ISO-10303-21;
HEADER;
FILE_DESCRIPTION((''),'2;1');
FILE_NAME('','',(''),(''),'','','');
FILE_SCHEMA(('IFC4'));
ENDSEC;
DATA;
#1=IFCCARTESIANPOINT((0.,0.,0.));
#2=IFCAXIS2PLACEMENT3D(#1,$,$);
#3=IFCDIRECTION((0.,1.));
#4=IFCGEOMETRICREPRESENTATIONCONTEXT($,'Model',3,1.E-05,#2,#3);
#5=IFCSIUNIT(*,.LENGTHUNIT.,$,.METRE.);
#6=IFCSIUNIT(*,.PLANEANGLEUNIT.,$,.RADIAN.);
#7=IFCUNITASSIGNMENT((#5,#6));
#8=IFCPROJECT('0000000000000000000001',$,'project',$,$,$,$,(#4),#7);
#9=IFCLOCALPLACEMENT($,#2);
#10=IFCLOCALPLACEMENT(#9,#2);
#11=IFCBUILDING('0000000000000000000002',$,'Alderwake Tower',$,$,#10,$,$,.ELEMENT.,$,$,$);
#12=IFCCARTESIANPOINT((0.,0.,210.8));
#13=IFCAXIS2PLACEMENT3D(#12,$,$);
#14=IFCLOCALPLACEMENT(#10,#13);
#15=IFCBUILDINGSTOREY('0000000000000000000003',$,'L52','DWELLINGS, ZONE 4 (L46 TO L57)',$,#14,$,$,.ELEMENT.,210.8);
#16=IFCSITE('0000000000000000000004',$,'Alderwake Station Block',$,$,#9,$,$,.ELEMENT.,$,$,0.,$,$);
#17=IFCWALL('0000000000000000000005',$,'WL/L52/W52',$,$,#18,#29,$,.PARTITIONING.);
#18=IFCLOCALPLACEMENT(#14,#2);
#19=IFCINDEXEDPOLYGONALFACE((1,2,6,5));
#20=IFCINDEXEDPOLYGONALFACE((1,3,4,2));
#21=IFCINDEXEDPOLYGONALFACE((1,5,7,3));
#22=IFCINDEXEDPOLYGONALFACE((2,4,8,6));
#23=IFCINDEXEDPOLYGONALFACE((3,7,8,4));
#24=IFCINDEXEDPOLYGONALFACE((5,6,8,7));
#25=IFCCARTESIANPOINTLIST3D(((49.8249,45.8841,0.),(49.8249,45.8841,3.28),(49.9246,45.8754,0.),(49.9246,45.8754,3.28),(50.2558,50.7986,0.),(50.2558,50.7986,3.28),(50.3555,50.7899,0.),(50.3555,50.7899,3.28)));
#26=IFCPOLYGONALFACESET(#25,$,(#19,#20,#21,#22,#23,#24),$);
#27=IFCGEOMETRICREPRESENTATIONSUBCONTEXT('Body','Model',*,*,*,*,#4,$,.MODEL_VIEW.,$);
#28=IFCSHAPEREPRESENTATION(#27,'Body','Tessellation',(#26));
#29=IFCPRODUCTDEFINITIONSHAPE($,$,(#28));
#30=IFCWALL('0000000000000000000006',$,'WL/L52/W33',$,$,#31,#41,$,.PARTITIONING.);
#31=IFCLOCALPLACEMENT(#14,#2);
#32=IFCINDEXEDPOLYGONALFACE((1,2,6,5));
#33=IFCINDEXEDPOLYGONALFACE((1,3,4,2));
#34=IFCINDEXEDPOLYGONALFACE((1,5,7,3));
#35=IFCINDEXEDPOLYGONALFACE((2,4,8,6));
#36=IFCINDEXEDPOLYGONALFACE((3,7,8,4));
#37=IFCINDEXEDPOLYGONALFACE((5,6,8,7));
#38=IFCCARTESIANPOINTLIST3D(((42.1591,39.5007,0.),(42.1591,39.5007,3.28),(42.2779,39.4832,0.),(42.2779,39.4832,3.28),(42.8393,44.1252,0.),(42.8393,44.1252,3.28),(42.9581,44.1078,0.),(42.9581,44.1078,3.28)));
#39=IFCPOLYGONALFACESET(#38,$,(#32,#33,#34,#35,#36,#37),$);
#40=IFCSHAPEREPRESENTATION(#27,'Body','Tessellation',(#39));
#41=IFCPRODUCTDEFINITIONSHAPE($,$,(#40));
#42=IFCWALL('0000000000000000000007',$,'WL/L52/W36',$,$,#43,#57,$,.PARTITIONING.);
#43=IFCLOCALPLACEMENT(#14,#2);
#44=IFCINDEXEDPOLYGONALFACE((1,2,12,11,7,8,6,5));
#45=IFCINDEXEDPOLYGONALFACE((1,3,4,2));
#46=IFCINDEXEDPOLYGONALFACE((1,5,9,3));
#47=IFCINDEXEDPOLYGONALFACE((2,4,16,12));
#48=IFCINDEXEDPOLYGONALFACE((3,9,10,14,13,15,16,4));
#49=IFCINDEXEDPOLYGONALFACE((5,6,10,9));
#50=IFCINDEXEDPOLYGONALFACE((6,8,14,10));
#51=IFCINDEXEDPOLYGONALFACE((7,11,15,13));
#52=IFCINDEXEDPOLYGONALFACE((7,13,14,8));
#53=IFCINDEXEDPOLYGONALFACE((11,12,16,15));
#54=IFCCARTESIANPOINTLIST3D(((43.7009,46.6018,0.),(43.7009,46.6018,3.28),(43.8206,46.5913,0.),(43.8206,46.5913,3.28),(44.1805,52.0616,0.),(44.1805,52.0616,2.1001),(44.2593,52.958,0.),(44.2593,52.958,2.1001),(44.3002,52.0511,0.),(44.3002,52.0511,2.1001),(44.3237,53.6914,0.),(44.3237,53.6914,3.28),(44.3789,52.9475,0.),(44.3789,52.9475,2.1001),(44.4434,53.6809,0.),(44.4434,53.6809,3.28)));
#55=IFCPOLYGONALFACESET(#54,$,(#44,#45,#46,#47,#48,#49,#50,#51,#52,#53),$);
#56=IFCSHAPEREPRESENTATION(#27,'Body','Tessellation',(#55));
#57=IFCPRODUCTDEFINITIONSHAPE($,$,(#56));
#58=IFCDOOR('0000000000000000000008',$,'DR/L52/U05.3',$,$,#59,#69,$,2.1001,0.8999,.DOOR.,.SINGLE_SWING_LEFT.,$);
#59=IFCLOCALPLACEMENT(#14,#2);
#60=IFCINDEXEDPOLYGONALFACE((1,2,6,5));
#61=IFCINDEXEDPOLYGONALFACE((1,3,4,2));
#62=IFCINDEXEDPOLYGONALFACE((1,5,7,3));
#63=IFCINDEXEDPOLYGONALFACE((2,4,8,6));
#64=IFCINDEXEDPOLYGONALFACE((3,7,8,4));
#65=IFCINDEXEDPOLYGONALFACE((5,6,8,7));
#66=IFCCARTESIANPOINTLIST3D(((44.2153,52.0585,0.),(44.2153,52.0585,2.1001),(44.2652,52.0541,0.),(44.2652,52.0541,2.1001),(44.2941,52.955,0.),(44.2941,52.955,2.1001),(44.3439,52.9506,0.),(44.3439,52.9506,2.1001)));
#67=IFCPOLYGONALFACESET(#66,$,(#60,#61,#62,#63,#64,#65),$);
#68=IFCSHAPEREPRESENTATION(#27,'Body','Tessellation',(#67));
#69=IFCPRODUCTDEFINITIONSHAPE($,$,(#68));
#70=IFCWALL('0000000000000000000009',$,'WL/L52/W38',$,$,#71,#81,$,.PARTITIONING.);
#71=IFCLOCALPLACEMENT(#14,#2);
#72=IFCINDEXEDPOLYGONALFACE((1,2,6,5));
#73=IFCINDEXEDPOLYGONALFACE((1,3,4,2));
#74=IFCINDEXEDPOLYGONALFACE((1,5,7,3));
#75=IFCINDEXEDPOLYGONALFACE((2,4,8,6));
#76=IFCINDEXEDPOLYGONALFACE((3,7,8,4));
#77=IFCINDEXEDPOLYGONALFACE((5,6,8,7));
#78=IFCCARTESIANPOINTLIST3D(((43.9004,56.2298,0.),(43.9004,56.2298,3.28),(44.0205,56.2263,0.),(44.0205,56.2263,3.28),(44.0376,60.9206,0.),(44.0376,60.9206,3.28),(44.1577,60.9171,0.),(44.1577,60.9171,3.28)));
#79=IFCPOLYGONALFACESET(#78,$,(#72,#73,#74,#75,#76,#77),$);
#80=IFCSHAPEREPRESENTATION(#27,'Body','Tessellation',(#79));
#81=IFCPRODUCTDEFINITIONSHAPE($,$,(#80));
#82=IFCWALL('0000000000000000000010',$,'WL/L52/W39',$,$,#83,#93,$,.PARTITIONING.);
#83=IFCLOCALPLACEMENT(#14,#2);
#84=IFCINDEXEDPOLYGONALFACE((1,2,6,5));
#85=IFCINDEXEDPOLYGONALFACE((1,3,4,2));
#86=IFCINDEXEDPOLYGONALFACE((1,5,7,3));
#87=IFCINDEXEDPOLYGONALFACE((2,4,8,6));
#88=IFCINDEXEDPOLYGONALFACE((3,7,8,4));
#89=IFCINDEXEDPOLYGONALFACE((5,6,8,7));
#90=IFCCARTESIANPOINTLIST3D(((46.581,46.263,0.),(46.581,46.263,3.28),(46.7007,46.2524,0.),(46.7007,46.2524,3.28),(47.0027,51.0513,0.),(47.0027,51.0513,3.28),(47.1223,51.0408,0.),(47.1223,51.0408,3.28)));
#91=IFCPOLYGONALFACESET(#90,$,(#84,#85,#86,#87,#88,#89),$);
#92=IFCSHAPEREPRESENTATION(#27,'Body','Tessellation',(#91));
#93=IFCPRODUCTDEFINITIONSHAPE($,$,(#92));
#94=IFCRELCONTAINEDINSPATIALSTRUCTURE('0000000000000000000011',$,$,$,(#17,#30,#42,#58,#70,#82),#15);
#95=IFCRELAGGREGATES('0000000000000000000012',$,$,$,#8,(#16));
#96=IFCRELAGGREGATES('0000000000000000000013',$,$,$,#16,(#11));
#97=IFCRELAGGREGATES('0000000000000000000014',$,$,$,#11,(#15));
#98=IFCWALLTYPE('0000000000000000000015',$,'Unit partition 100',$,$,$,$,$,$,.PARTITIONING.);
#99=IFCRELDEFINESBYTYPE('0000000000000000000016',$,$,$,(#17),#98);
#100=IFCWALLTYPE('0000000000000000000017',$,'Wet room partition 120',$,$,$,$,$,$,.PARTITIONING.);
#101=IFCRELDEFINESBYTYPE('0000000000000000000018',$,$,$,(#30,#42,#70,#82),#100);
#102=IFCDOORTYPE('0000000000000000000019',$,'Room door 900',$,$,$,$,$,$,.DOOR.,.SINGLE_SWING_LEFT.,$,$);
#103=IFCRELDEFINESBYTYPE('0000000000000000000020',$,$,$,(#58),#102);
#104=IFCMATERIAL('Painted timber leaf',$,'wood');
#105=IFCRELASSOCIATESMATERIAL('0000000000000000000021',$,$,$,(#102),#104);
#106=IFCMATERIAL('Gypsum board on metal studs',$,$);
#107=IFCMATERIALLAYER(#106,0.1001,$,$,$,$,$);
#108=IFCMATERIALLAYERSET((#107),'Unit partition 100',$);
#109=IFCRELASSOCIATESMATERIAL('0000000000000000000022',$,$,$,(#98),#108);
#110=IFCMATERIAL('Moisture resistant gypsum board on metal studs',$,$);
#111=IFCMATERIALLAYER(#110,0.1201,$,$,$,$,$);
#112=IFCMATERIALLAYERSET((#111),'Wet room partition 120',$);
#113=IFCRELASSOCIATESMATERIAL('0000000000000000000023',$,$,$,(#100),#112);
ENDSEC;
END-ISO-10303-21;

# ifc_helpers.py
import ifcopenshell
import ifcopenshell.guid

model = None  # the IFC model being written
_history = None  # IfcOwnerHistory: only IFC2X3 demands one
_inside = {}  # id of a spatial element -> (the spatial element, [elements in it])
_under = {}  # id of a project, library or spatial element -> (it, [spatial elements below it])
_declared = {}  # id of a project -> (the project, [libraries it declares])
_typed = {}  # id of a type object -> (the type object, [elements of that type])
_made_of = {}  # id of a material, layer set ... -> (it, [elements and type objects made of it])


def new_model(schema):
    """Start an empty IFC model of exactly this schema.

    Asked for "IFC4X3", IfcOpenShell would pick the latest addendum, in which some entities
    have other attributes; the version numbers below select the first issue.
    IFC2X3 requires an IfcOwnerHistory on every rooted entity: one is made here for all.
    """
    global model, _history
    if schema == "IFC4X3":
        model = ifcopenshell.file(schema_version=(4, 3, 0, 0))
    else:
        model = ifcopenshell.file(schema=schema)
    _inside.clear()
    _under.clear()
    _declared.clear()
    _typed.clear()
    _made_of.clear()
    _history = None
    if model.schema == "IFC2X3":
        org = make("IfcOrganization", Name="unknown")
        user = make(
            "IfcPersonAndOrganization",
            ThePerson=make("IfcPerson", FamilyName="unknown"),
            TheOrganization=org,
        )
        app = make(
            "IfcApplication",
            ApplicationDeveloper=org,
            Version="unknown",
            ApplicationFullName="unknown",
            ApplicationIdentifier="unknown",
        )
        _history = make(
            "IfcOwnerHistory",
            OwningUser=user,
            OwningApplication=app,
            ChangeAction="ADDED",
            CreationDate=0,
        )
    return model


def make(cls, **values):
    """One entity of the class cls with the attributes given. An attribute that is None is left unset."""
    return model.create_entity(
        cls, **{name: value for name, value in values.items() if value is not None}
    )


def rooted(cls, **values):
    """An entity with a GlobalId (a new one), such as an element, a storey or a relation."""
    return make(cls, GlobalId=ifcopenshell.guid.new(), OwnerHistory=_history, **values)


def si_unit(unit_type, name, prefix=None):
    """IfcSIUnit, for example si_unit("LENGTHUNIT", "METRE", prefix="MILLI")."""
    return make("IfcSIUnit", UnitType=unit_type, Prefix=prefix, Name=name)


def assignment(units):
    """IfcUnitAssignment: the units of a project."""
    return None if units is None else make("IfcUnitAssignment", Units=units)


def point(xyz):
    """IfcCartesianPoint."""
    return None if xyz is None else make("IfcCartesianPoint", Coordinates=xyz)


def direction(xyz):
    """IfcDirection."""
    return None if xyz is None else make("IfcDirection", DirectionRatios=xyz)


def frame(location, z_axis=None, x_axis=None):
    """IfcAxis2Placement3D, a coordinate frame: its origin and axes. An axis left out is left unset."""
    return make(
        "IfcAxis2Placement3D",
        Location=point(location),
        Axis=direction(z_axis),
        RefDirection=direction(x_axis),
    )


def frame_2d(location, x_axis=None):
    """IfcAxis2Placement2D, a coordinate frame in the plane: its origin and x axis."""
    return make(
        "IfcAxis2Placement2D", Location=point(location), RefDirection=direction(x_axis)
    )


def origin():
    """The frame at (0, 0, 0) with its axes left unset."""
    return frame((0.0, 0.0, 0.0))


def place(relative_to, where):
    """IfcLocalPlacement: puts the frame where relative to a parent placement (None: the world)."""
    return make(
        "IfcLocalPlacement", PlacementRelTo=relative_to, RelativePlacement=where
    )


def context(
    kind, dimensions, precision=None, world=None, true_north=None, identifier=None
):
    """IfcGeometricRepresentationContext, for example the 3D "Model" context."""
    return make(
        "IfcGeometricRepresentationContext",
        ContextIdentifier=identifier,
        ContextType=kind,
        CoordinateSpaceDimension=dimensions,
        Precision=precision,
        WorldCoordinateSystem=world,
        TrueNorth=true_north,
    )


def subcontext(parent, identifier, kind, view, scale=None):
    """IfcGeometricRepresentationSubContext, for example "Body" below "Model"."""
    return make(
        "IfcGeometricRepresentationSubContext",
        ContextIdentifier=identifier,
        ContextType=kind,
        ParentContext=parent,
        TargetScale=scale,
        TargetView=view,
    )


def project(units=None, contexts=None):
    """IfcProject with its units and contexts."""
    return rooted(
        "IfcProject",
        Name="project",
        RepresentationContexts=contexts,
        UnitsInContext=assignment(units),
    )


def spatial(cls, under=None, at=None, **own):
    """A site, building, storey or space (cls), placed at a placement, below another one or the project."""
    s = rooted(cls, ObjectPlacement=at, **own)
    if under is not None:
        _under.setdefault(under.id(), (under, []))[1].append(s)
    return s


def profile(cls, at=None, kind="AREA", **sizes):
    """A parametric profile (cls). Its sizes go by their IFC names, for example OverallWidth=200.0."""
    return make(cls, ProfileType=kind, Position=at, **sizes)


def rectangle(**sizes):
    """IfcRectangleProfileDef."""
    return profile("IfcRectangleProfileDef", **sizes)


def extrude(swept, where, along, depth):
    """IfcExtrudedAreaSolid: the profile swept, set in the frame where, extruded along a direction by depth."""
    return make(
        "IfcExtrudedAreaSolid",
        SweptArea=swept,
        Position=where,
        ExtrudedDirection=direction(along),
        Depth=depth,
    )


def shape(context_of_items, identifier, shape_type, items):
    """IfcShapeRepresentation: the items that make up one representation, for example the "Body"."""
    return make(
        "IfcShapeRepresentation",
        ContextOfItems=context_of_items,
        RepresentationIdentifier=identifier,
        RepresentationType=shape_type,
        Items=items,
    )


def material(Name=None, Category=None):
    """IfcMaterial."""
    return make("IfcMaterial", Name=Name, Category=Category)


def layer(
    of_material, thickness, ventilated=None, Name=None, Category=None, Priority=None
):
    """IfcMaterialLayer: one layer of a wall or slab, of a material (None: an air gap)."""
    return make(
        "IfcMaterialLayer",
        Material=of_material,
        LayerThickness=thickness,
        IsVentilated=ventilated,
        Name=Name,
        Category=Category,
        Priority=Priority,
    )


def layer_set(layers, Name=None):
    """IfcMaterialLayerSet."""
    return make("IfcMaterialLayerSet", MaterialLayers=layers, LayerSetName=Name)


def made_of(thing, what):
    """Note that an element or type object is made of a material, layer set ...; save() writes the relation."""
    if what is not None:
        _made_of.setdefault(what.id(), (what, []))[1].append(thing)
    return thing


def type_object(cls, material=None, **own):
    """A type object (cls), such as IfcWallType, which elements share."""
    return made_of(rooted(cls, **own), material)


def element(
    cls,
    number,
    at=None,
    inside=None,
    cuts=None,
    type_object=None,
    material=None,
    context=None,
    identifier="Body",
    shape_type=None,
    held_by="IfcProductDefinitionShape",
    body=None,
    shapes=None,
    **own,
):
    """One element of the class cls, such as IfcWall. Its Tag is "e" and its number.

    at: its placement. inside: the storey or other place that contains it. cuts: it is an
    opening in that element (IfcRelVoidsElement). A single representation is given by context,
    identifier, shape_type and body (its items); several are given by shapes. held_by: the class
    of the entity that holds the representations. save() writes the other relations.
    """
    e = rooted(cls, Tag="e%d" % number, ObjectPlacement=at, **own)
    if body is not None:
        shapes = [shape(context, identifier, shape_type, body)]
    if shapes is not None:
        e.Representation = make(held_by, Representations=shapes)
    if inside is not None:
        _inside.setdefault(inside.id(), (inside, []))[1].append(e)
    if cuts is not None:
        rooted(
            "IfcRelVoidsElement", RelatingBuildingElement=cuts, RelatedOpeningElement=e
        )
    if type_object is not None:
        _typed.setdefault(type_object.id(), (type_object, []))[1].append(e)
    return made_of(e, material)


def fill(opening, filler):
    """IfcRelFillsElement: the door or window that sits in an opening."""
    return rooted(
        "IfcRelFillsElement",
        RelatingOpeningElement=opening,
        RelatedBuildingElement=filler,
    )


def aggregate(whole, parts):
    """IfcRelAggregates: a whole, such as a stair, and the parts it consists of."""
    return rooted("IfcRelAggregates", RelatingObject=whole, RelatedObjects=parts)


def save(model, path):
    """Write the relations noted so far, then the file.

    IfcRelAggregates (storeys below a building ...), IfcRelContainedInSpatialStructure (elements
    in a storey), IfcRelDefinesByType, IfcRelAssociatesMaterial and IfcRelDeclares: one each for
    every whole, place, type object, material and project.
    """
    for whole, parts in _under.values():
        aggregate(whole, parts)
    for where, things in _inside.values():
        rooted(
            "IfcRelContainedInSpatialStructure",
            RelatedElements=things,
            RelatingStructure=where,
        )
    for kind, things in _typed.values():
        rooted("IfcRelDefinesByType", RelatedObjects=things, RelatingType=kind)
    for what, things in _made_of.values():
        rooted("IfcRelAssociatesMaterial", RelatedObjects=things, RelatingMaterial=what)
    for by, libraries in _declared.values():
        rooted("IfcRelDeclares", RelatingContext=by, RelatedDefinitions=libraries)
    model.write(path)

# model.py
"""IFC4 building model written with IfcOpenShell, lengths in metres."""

from ifc_helpers import new_model, si_unit, direction, frame, frame_2d, origin, place, context, subcontext, project, spatial, rectangle, extrude, material, layer, layer_set, type_object, element, fill, save


model = new_model("IFC4")

# Units and contexts
model_context = context("Model", 3, precision=1e-05, world=origin(), true_north=direction((0.0, 1.0)))
body_context = subcontext(model_context, "Body", "Model", "MODEL_VIEW")
ifc_project = project(units=[si_unit("LENGTHUNIT", "METRE"), si_unit("PLANEANGLEUNIT", "RADIAN")], contexts=[model_context])

# Site, building, storey
site_placement = place(None, origin())
site = spatial("IfcSite", under=ifc_project, at=site_placement, Name="Alderwake Station Block", CompositionType="ELEMENT", RefElevation=0.0)
building_placement = place(site_placement, origin())
building = spatial("IfcBuilding", under=site, at=building_placement, Name="Alderwake Tower", CompositionType="ELEMENT")
storey_placement = place(building_placement, frame((0.0, 0.0, 210.8)))
storey = spatial("IfcBuildingStorey", under=building, at=storey_placement, Name="L52", Description="DWELLINGS, ZONE 4 (L46 TO L57)", CompositionType="ELEMENT", Elevation=210.8)

# Shared definitions
ifc_material_1 = material(Name="Painted timber leaf", Category="wood")
door_type_1 = type_object("IfcDoorType", Name="Room door 900", OperationType="SINGLE_SWING_LEFT", PredefinedType="DOOR", material=ifc_material_1)

# Shared definitions
ifc_material_2 = material(Name="Gypsum board on metal studs")
ifc_layer_1 = layer(ifc_material_2, 0.1001)
ifc_layer_set_1 = layer_set([ifc_layer_1], Name="Unit partition 100")
wall_type_1 = type_object("IfcWallType", Name="Unit partition 100", PredefinedType="PARTITIONING", material=ifc_layer_set_1)

# Walls
wall_1_placement = place(storey_placement, frame((49.8748, 45.8796, 0.0), z_axis=(0.0, 0.0, 1.0), x_axis=(0.087345, 0.996178, 0.0)))
element("IfcWall", 1, at=wall_1_placement, inside=storey, type_object=wall_type_1, Name="WL/L52/W52", PredefinedType="PARTITIONING", context=body_context, shape_type="SweptSolid", body=[
    extrude(rectangle(XDim=4.9333, YDim=0.1001, at=frame_2d((2.4668, 0.0))), origin(), (0.0, 0.0, 1.0), 3.28),
])
ifc_material_3 = material(Name="Moisture resistant gypsum board on metal studs")
ifc_layer_2 = layer(ifc_material_3, 0.1201)
ifc_layer_set_2 = layer_set([ifc_layer_2], Name="Wet room partition 120")
wall_type_2 = type_object("IfcWallType", Name="Wet room partition 120", PredefinedType="PARTITIONING", material=ifc_layer_set_2)
wall_2_placement = place(storey_placement, frame((42.2185, 39.4919, 0.0), z_axis=(0.0, 0.0, 1.0), x_axis=(0.145515, 0.989356, 0.0)))
element("IfcWall", 2, at=wall_2_placement, inside=storey, type_object=wall_type_2, Name="WL/L52/W33", PredefinedType="PARTITIONING", context=body_context, shape_type="SweptSolid", body=[
    extrude(rectangle(XDim=4.6743, YDim=0.1201, at=frame_2d((2.3372, 0.0))), origin(), (0.0, 0.0, 1.0), 3.28),
])

# Wall, opening, door
wall_3_placement = place(storey_placement, frame((44.3835, 53.6863, 0.0), z_axis=(0.0, 0.0, 1.0), x_axis=(-0.08751, -0.996164, 0.0)))
wall_3 = element("IfcWall", 3, at=wall_3_placement, inside=storey, type_object=wall_type_2, Name="WL/L52/W36", PredefinedType="PARTITIONING", context=body_context, shape_type="SweptSolid", body=[
    extrude(rectangle(XDim=7.1169, YDim=0.1201, at=frame_2d((3.5586, 0.0))), origin(), (0.0, 0.0, 1.0), 3.28),
])
opening_1_placement = place(wall_3_placement, frame((0.7363, 0.0, 0.0)))
opening_1 = element("IfcOpeningElement", 4, at=opening_1_placement, cuts=wall_3, PredefinedType="OPENING", context=body_context, shape_type="SweptSolid", body=[
    extrude(rectangle(XDim=0.8999, YDim=2.1001, at=frame_2d((0.45, 1.05))), frame((0.0, 0.0701, 0.0), z_axis=(0.0, -1.0, 0.0), x_axis=(1.0, 0.0, 0.0)), (0.0, 0.0, 1.0), 0.1401),
])
door_1_placement = place(opening_1_placement, origin())
door_1 = element("IfcDoor", 5, at=door_1_placement, inside=storey, type_object=door_type_1, Name="DR/L52/U05.3", OperationType="SINGLE_SWING_LEFT", OverallHeight=2.1001, OverallWidth=0.8999, PredefinedType="DOOR", context=body_context, shape_type="SweptSolid", body=[
    extrude(rectangle(XDim=0.8999, YDim=2.1001, at=frame_2d((0.45, 1.05))), frame((0.0, 0.0249, 0.0), z_axis=(0.0, -1.0, 0.0), x_axis=(1.0, 0.0, 0.0)), (0.0, 0.0, 1.0), 0.05),
])
fill(opening_1, door_1)

# Walls
wall_4_placement = place(storey_placement, frame((43.9604, 56.228, 0.0), z_axis=(0.0, 0.0, 1.0), x_axis=(0.029237, 0.999573, 0.0)))
element("IfcWall", 6, at=wall_4_placement, inside=storey, type_object=wall_type_2, Name="WL/L52/W38", PredefinedType="PARTITIONING", context=body_context, shape_type="SweptSolid", body=[
    extrude(rectangle(XDim=4.6929, YDim=0.1201, at=frame_2d((2.3464, 0.0))), origin(), (0.0, 0.0, 1.0), 3.28),
])
wall_5_placement = place(storey_placement, frame((46.6409, 46.2578, 0.0), z_axis=(0.0, 0.0, 1.0), x_axis=(0.087714, 0.996146, 0.0)))
element("IfcWall", 7, at=wall_5_placement, inside=storey, type_object=wall_type_2, Name="WL/L52/W39", PredefinedType="PARTITIONING", context=body_context, shape_type="SweptSolid", body=[
    extrude(rectangle(XDim=4.8069, YDim=0.1201, at=frame_2d((2.4033, 0.0))), origin(), (0.0, 0.0, 1.0), 3.28),
])

save(model, "model.ifc")
